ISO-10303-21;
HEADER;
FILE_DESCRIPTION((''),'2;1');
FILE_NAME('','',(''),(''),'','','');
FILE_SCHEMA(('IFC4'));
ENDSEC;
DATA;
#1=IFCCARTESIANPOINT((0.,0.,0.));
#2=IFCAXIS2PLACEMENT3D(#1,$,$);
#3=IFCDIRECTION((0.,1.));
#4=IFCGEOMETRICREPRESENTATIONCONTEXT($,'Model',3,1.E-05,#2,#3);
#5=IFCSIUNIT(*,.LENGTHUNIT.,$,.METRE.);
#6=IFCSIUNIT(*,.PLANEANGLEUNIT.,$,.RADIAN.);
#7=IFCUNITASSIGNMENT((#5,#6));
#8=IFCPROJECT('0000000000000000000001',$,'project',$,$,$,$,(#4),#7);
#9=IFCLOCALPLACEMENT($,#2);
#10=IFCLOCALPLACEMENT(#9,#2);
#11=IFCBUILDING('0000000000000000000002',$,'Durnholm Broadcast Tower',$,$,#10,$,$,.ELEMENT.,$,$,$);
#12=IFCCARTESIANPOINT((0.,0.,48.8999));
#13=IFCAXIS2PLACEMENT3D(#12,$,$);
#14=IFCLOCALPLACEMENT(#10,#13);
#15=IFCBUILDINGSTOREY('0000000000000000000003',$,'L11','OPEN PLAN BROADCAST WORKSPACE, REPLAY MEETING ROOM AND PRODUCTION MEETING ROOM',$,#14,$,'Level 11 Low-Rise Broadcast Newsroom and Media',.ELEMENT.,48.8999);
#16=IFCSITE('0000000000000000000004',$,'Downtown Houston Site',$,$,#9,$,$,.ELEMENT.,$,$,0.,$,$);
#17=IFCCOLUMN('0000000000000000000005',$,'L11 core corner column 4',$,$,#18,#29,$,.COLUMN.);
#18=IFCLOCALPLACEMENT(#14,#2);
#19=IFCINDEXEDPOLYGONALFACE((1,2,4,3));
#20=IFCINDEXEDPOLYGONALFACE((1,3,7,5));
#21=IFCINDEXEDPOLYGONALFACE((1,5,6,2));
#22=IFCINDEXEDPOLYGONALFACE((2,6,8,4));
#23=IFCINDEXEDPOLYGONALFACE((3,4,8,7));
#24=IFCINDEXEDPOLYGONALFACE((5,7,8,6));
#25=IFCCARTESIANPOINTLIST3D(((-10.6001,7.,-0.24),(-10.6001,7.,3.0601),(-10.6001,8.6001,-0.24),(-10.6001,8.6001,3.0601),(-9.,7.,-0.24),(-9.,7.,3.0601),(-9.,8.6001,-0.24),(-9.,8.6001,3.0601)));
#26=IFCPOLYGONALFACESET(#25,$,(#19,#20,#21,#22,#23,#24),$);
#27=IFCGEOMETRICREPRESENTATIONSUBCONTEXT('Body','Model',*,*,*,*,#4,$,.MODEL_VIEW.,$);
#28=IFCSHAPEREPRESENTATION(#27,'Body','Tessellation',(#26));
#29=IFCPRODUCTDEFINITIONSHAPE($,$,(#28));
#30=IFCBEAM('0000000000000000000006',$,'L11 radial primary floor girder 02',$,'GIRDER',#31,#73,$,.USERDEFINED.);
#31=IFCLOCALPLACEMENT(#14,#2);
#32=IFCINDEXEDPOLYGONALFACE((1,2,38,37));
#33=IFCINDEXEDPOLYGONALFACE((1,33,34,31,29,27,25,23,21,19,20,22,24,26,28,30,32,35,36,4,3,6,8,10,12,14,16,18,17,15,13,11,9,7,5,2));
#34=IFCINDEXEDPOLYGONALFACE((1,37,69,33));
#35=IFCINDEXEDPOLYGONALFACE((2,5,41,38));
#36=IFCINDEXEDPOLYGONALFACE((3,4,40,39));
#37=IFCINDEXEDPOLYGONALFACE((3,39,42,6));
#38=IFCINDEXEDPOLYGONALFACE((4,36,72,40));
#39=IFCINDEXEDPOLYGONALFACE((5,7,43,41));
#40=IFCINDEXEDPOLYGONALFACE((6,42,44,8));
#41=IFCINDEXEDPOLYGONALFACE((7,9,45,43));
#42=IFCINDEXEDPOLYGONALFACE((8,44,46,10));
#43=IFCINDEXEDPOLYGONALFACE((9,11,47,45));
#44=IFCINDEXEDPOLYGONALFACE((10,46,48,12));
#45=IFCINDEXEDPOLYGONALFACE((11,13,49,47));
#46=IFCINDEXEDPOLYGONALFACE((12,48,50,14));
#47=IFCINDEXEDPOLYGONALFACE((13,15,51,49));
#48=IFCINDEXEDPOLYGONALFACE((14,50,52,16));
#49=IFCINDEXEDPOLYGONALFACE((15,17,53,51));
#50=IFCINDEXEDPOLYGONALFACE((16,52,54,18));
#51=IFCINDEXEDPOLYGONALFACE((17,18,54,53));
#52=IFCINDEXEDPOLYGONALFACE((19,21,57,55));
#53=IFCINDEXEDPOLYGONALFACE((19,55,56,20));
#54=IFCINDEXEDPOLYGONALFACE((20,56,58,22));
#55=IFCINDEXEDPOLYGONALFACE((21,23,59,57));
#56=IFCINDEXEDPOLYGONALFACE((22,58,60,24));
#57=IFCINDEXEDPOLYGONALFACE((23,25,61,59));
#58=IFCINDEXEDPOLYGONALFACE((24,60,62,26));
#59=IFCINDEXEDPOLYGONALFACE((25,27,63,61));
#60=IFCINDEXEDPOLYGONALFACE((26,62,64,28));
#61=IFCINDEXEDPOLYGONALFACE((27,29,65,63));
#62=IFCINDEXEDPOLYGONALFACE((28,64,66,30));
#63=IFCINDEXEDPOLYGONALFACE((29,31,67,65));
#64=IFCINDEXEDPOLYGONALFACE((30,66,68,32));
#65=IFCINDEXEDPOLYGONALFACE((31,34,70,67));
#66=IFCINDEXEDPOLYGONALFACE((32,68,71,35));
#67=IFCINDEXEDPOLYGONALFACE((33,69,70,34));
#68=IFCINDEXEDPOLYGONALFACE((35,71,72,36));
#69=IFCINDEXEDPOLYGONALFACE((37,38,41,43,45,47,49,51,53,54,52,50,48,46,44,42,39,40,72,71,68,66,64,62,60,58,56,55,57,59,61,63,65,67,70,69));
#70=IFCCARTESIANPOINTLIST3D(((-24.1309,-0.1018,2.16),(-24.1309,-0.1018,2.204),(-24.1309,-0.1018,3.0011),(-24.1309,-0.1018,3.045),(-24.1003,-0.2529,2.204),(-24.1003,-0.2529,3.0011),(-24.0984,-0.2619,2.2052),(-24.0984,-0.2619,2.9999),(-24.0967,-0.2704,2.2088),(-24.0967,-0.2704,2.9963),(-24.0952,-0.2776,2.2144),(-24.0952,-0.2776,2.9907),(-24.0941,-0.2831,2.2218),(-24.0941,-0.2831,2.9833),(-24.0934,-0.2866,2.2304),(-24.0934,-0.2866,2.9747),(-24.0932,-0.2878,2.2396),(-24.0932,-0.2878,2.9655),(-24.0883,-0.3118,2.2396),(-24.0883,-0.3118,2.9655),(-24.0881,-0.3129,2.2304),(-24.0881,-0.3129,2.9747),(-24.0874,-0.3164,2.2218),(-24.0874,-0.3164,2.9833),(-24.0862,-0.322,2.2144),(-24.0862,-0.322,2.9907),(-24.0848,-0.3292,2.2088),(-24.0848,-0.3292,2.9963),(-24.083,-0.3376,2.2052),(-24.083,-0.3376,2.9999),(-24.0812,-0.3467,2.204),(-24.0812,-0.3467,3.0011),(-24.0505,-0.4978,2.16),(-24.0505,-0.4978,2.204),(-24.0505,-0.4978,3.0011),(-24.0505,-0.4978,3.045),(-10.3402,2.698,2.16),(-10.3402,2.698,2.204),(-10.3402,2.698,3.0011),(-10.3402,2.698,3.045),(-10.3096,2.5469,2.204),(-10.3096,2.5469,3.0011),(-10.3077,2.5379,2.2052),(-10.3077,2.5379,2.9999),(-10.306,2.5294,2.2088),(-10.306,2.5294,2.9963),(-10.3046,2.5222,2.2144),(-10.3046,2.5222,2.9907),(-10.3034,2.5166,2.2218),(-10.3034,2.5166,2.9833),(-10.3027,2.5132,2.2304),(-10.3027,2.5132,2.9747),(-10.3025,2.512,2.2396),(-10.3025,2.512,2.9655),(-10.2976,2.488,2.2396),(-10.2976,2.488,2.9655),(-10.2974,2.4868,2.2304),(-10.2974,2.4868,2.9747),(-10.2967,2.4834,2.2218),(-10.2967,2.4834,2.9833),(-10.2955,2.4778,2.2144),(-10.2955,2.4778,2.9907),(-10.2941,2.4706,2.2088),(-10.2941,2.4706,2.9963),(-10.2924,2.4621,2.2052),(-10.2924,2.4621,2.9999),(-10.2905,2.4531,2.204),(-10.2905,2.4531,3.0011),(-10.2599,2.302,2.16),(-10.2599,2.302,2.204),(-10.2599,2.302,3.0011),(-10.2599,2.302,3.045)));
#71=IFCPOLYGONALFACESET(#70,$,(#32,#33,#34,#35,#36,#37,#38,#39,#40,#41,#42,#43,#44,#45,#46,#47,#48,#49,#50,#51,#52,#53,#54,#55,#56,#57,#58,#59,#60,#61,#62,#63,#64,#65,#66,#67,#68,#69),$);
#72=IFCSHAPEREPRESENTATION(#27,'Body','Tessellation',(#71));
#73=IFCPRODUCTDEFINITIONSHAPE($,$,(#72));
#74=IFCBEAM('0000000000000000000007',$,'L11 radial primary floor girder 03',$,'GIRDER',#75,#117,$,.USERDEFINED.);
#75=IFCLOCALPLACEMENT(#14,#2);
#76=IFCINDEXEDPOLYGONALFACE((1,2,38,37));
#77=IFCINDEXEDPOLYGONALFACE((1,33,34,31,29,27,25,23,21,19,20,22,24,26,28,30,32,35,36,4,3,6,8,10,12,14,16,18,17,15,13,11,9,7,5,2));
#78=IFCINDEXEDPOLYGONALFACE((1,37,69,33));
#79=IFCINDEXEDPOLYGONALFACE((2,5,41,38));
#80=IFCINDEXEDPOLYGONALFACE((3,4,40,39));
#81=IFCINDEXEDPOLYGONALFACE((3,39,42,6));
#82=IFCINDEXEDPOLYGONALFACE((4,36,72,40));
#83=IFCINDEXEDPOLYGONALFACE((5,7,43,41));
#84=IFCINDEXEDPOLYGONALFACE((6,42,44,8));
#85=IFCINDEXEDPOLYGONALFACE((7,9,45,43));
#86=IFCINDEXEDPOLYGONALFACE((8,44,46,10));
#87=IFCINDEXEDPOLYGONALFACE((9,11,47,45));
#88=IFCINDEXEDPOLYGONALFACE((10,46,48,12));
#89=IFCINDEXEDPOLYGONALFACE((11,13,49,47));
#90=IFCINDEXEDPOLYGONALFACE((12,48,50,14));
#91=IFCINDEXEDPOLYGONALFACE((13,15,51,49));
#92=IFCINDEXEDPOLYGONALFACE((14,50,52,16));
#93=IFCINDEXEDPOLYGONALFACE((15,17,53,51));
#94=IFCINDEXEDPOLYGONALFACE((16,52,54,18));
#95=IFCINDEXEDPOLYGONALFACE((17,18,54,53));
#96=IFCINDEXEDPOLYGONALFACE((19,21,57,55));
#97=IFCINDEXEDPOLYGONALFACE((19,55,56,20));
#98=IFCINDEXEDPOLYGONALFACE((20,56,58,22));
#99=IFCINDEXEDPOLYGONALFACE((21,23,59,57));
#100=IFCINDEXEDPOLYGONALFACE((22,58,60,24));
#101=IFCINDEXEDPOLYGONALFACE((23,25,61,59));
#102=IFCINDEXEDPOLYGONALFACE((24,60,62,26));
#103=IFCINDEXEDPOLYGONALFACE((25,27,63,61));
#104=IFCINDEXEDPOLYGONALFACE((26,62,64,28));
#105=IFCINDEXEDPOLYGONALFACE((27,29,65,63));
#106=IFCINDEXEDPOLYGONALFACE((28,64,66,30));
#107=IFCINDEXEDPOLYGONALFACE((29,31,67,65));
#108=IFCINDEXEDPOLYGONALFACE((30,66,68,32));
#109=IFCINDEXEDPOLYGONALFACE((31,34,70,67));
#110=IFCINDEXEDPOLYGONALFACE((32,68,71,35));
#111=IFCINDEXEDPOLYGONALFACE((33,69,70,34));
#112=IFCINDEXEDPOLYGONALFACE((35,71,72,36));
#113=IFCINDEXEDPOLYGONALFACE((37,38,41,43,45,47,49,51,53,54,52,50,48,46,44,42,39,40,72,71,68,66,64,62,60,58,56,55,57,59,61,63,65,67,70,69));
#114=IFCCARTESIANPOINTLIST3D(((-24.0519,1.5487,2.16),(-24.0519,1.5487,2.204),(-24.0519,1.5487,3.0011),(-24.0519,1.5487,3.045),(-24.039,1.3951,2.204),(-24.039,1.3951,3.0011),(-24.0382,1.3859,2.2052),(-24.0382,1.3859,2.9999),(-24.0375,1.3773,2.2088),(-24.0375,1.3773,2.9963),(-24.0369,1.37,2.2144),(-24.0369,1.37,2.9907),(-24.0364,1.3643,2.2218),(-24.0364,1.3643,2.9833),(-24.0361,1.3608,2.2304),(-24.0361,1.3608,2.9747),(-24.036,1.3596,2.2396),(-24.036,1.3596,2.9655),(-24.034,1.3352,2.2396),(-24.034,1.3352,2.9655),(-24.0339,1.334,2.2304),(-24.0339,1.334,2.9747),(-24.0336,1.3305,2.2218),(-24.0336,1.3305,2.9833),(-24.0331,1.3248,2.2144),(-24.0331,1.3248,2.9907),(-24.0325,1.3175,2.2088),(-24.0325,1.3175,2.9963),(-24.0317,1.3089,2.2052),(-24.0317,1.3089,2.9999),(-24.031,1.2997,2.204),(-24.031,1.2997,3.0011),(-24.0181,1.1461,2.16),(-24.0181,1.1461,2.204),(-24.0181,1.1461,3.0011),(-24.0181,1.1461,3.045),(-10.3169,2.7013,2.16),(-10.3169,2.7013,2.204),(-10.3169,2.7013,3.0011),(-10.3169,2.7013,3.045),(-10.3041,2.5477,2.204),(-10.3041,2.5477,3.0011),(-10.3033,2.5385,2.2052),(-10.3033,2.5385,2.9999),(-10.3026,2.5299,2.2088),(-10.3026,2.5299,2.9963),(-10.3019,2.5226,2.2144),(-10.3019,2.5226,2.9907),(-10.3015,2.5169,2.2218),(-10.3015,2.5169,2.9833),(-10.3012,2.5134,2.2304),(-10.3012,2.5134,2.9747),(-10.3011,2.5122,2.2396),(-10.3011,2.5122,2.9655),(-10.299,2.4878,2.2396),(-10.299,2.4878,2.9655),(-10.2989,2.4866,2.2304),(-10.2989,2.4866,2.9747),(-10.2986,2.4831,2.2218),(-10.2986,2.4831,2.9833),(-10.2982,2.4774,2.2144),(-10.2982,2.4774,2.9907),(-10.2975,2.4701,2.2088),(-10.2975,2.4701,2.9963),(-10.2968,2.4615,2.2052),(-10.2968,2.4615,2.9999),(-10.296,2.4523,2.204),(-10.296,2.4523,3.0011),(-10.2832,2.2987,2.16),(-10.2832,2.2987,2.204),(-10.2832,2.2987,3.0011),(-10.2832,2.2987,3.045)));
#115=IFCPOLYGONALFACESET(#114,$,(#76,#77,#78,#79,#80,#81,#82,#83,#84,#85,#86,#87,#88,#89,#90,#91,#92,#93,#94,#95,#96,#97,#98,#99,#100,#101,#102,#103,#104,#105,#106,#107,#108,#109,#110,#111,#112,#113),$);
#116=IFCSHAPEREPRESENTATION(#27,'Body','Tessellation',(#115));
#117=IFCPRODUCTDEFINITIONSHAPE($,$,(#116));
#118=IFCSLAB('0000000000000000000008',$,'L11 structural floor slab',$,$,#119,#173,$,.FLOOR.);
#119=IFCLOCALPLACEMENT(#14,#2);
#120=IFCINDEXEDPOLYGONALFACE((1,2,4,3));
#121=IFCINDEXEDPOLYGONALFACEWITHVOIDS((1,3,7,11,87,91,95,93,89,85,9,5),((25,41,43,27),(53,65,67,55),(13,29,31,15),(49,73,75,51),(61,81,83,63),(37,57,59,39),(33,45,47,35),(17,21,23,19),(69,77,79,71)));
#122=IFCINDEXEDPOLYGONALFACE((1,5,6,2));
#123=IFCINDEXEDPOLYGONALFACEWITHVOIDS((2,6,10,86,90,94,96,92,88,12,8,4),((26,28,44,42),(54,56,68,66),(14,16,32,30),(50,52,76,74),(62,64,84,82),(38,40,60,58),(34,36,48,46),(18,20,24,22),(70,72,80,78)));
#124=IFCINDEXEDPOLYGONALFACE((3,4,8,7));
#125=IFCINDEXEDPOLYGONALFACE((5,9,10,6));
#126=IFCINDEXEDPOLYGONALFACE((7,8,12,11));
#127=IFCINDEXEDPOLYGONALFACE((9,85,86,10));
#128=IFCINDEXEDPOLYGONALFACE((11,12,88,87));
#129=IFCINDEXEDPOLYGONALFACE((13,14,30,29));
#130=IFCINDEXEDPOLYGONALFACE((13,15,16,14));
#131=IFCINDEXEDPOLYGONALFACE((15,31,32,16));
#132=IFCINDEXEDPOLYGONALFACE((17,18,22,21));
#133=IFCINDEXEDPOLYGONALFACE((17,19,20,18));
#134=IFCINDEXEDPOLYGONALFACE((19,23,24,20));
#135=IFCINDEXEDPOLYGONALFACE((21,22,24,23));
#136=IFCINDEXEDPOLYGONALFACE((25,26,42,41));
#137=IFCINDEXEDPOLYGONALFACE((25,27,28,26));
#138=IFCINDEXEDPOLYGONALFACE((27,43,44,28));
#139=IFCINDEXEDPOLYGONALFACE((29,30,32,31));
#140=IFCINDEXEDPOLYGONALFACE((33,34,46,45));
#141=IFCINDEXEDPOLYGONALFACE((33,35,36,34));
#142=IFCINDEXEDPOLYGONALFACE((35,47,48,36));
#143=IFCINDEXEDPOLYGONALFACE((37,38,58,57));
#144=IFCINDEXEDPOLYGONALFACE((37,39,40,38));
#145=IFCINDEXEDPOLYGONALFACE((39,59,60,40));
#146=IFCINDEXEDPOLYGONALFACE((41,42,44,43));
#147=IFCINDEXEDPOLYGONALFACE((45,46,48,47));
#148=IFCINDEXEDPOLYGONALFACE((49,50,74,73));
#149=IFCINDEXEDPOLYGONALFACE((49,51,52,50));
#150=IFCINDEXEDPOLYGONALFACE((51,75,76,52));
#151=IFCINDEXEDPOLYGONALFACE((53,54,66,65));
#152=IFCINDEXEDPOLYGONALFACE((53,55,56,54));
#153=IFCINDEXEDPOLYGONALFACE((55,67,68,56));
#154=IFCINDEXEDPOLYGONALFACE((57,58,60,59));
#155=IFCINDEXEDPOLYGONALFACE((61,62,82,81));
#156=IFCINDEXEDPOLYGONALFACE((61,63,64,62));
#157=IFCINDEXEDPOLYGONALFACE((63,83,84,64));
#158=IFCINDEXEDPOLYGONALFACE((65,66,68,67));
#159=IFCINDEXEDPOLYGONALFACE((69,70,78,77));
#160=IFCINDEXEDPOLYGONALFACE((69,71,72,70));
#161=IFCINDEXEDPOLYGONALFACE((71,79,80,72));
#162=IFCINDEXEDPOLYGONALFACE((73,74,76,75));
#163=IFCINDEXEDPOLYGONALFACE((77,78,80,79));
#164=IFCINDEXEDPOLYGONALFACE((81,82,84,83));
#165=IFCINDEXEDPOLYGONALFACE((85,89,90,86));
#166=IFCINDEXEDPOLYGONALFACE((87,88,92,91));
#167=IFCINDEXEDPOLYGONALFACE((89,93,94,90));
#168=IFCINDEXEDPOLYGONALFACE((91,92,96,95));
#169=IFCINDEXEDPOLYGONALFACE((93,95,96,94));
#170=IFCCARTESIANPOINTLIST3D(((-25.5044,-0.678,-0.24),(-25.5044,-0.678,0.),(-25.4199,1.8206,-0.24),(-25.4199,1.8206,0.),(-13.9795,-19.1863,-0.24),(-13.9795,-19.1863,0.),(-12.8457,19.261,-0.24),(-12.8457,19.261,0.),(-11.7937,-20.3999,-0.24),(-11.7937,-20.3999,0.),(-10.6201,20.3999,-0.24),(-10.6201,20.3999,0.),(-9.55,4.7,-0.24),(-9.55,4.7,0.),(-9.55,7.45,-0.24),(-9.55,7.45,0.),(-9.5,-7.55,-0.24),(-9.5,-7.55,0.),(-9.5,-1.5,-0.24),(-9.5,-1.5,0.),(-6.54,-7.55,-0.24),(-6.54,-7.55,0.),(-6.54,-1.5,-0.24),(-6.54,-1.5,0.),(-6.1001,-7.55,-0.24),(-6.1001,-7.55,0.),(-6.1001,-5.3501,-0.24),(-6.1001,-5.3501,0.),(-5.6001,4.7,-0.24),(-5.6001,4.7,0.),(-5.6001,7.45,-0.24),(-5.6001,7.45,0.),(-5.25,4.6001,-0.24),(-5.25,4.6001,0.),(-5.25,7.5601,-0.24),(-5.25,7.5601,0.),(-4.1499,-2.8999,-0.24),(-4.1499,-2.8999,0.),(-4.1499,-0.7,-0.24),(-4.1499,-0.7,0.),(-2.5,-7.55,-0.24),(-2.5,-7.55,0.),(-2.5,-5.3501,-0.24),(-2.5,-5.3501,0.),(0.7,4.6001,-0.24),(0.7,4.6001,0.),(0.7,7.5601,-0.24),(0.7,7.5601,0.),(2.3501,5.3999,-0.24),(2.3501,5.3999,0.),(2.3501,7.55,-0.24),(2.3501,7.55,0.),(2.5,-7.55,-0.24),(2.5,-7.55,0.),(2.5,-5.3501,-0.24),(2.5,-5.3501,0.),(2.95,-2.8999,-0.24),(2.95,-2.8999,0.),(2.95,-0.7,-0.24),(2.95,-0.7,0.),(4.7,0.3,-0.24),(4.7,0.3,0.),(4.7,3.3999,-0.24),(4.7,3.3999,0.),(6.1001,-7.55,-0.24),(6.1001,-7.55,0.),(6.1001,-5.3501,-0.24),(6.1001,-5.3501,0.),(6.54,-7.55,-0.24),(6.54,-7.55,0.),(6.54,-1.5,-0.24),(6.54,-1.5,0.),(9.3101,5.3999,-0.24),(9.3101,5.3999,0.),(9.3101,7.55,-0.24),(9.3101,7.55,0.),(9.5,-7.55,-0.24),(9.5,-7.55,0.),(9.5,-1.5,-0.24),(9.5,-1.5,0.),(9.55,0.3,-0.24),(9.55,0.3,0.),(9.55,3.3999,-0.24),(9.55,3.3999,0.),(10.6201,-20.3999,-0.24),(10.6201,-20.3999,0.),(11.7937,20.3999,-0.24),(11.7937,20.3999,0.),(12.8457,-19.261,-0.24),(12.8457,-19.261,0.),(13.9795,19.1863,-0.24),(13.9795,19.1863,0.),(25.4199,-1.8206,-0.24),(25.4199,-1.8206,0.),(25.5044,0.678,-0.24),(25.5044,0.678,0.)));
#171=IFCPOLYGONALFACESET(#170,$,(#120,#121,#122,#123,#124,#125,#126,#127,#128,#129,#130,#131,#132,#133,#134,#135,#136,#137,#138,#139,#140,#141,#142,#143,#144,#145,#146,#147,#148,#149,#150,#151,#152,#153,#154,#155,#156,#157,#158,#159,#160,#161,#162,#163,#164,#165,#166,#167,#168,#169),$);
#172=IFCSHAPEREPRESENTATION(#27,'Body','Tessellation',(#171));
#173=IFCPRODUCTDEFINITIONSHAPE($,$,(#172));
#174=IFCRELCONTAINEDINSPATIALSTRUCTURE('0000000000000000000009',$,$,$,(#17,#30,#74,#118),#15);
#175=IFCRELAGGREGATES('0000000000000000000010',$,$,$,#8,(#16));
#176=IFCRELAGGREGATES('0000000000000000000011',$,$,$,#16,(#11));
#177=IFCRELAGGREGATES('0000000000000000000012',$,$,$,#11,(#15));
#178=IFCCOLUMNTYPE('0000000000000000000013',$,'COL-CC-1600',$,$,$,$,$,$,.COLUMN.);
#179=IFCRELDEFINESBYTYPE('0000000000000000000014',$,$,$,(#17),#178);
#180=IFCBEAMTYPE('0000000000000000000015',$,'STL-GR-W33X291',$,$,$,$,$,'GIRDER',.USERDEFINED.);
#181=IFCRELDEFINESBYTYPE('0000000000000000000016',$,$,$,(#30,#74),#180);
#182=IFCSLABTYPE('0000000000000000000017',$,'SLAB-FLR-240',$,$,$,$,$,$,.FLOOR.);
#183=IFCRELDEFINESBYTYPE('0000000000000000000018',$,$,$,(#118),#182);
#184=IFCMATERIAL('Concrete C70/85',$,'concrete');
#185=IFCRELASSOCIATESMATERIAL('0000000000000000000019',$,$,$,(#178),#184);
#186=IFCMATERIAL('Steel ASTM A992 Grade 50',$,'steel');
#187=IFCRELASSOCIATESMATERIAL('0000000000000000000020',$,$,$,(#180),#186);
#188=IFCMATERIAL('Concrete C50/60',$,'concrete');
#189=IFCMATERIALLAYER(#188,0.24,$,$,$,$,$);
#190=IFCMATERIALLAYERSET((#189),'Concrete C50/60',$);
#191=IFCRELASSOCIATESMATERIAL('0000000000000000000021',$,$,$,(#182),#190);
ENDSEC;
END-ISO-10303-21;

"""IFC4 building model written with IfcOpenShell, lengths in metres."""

from ifc_helpers import new_model, si_unit, direction, frame, origin, origin_2d, place, context, subcontext, project, spatial, polyline, rectangle, i_section, outline, extrude, source, transform, mapped, material, layer, layer_set, material_profile, profile_set, type_object, type_shapes, element, save


model = new_model("IFC4")

# Units and contexts
model_context = context("Model", 3, precision=1e-05, world=origin(), true_north=direction((0.0, 1.0)))
body_context = subcontext(model_context, "Body", "Model", "MODEL_VIEW")
ifc_project = project(units=[si_unit("LENGTHUNIT", "METRE"), si_unit("PLANEANGLEUNIT", "RADIAN")], contexts=[model_context])

# Site, building, storey
site_placement = place(None, origin())
site = spatial("IfcSite", under=ifc_project, at=site_placement, Name="Downtown Houston Site", CompositionType="ELEMENT", RefElevation=0.0)
building_placement = place(site_placement, origin())
building = spatial("IfcBuilding", under=site, at=building_placement, Name="Durnholm Broadcast Tower", CompositionType="ELEMENT")
storey_placement = place(building_placement, frame((0.0, 0.0, 48.8999)))
storey = spatial("IfcBuildingStorey", under=building, at=storey_placement, Name="L11", Description="OPEN PLAN BROADCAST WORKSPACE, REPLAY MEETING ROOM AND PRODUCTION MEETING ROOM", LongName="Level 11 Low-Rise Broadcast Newsroom and Media", CompositionType="ELEMENT", Elevation=48.8999)

# Column
ifc_material_1 = material(Name="Concrete C70/85", Category="concrete")
ifc_material_profile_1 = material_profile(ifc_material_1, rectangle(XDim=1.6001, YDim=1.6001, at=origin_2d()), Name="RC1600X1600")
ifc_profile_set_1 = profile_set([ifc_material_profile_1], Name="Concrete C70/85")
column_type = type_object("IfcColumnType", Name="COL-CC-1600", PredefinedType="COLUMN", material=ifc_profile_set_1)
shared_shape_1 = source(origin(), body_context, "Body", "SweptSolid", [
    extrude(rectangle(XDim=1.6001, YDim=1.6001, at=origin_2d()), origin(), (0.0, 0.0, 1.0), 3.3),
])
type_shapes(column_type, [shared_shape_1])
column_placement = place(storey_placement, frame((-9.8, 7.8, -0.24), z_axis=(0.0, 0.0, 1.0), x_axis=(1.0, 0.0, 0.0)))
element("IfcColumn", 1, at=column_placement, inside=storey, type_object=column_type, Name="L11 core corner column 4", PredefinedType="COLUMN", context=body_context, shape_type="MappedRepresentation", body=[
    mapped(shared_shape_1, transform((0.0, 0.0, 0.0), x_axis=(1.0, 0.0, 0.0), y_axis=(0.0, 1.0, 0.0), z_axis=(0.0, 0.0, 1.0), scale=1.0)),
])

# Beams
ifc_material_2 = material(Name="Steel ASTM A992 Grade 50", Category="steel")
ifc_material_profile_2 = material_profile(ifc_material_2, i_section(OverallWidth=0.4041, OverallDepth=0.885, WebThickness=0.0244, FlangeThickness=0.0439, FilletRadius=0.0356, at=origin_2d()), Name="W33X291")
ifc_profile_set_2 = profile_set([ifc_material_profile_2], Name="Steel ASTM A992 Grade 50")
beam_type = type_object("IfcBeamType", Name="STL-GR-W33X291", ElementType="GIRDER", PredefinedType="USERDEFINED", material=ifc_profile_set_2)
shared_shape_2 = source(origin(), body_context, "Body", "SweptSolid", [
    extrude(i_section(OverallWidth=0.4041, OverallDepth=0.885, WebThickness=0.0244, FlangeThickness=0.0439, FilletRadius=0.0356, at=origin_2d()), origin(), (0.0, 0.0, 1.0), 14.072),
])
beam_1_placement = place(storey_placement, frame((-10.3, 2.5, 2.6025), z_axis=(-0.980007, -0.198961, 0.0), x_axis=(0.198961, -0.980007, 0.0)))
element("IfcBeam", 2, at=beam_1_placement, inside=storey, type_object=beam_type, Name="L11 radial primary floor girder 02", ObjectType="GIRDER", PredefinedType="USERDEFINED", context=body_context, shape_type="MappedRepresentation", body=[
    mapped(shared_shape_2, transform((0.0, 0.0, 0.0), x_axis=(1.0, 0.0, 0.0), y_axis=(0.0, 1.0, 0.0), z_axis=(0.0, 0.0, 1.0), scale=1.0)),
])
shared_shape_3 = source(origin(), body_context, "Body", "SweptSolid", [
    extrude(i_section(OverallWidth=0.4041, OverallDepth=0.885, WebThickness=0.0244, FlangeThickness=0.0439, FilletRadius=0.0356, at=origin_2d()), origin(), (0.0, 0.0, 1.0), 13.7832),
])
type_shapes(beam_type, [shared_shape_2, shared_shape_3])
beam_2_placement = place(storey_placement, frame((-10.3, 2.5, 2.6025), z_axis=(-0.996497, -0.083623, 0.0), x_axis=(0.083623, -0.996497, 0.0)))
element("IfcBeam", 3, at=beam_2_placement, inside=storey, type_object=beam_type, Name="L11 radial primary floor girder 03", ObjectType="GIRDER", PredefinedType="USERDEFINED", context=body_context, shape_type="MappedRepresentation", body=[
    mapped(shared_shape_3, transform((0.0, 0.0, 0.0), x_axis=(1.0, 0.0, 0.0), y_axis=(0.0, 1.0, 0.0), z_axis=(0.0, 0.0, 1.0), scale=1.0)),
])

# Slab
ifc_material_3 = material(Name="Concrete C50/60", Category="concrete")
ifc_layer_1 = layer(ifc_material_3, 0.24)
ifc_layer_set_1 = layer_set([ifc_layer_1], Name="Concrete C50/60")
slab_type_1 = type_object("IfcSlabType", Name="SLAB-FLR-240", PredefinedType="FLOOR", material=ifc_layer_set_1)
slab_1_placement = place(storey_placement, frame((0.0, 0.0, -0.24)))
element("IfcSlab", 4, at=slab_1_placement, inside=storey, type_object=slab_type_1, Name="L11 structural floor slab", PredefinedType="FLOOR", context=body_context, shape_type="SweptSolid", body=[
    extrude(outline(polyline([(-13.9795, -19.1863), (-11.7937, -20.3999), (10.6201, -20.3999), (12.8457, -19.261), (25.4199, -1.8206), (25.5044, 0.678), (13.9795, 19.1863), (11.7937, 20.3999), (-10.6201, 20.3999), (-12.8457, 19.261), (-25.4199, 1.8206), (-25.5044, -0.678), (-13.9795, -19.1863)]), holes=[polyline([(-2.5, -5.3501), (-6.1001, -5.3501), (-6.1001, -7.55), (-2.5, -7.55), (-2.5, -5.3501)]), polyline([(6.1001, -5.3501), (2.5, -5.3501), (2.5, -7.55), (6.1001, -7.55), (6.1001, -5.3501)]), polyline([(-6.54, -7.55), (-6.54, -1.5), (-9.5, -1.5), (-9.5, -7.55), (-6.54, -7.55)]), polyline([(9.5, -7.55), (9.5, -1.5), (6.54, -1.5), (6.54, -7.55), (9.5, -7.55)]), polyline([(2.95, -0.7), (-4.1499, -0.7), (-4.1499, -2.8999), (2.95, -2.8999), (2.95, -0.7)]), polyline([(9.55, 3.3999), (4.7, 3.3999), (4.7, 0.3), (9.55, 0.3), (9.55, 3.3999)]), polyline([(-5.6001, 7.45), (-9.55, 7.45), (-9.55, 4.7), (-5.6001, 4.7), (-5.6001, 7.45)]), polyline([(-5.25, 7.5601), (-5.25, 4.6001), (0.7, 4.6001), (0.7, 7.5601), (-5.25, 7.5601)]), polyline([(9.3101, 5.3999), (9.3101, 7.55), (2.3501, 7.55), (2.3501, 5.3999), (9.3101, 5.3999)])]), origin(), (0.0, 0.0, 1.0), 0.24),
])

save(model, "model.ifc")
